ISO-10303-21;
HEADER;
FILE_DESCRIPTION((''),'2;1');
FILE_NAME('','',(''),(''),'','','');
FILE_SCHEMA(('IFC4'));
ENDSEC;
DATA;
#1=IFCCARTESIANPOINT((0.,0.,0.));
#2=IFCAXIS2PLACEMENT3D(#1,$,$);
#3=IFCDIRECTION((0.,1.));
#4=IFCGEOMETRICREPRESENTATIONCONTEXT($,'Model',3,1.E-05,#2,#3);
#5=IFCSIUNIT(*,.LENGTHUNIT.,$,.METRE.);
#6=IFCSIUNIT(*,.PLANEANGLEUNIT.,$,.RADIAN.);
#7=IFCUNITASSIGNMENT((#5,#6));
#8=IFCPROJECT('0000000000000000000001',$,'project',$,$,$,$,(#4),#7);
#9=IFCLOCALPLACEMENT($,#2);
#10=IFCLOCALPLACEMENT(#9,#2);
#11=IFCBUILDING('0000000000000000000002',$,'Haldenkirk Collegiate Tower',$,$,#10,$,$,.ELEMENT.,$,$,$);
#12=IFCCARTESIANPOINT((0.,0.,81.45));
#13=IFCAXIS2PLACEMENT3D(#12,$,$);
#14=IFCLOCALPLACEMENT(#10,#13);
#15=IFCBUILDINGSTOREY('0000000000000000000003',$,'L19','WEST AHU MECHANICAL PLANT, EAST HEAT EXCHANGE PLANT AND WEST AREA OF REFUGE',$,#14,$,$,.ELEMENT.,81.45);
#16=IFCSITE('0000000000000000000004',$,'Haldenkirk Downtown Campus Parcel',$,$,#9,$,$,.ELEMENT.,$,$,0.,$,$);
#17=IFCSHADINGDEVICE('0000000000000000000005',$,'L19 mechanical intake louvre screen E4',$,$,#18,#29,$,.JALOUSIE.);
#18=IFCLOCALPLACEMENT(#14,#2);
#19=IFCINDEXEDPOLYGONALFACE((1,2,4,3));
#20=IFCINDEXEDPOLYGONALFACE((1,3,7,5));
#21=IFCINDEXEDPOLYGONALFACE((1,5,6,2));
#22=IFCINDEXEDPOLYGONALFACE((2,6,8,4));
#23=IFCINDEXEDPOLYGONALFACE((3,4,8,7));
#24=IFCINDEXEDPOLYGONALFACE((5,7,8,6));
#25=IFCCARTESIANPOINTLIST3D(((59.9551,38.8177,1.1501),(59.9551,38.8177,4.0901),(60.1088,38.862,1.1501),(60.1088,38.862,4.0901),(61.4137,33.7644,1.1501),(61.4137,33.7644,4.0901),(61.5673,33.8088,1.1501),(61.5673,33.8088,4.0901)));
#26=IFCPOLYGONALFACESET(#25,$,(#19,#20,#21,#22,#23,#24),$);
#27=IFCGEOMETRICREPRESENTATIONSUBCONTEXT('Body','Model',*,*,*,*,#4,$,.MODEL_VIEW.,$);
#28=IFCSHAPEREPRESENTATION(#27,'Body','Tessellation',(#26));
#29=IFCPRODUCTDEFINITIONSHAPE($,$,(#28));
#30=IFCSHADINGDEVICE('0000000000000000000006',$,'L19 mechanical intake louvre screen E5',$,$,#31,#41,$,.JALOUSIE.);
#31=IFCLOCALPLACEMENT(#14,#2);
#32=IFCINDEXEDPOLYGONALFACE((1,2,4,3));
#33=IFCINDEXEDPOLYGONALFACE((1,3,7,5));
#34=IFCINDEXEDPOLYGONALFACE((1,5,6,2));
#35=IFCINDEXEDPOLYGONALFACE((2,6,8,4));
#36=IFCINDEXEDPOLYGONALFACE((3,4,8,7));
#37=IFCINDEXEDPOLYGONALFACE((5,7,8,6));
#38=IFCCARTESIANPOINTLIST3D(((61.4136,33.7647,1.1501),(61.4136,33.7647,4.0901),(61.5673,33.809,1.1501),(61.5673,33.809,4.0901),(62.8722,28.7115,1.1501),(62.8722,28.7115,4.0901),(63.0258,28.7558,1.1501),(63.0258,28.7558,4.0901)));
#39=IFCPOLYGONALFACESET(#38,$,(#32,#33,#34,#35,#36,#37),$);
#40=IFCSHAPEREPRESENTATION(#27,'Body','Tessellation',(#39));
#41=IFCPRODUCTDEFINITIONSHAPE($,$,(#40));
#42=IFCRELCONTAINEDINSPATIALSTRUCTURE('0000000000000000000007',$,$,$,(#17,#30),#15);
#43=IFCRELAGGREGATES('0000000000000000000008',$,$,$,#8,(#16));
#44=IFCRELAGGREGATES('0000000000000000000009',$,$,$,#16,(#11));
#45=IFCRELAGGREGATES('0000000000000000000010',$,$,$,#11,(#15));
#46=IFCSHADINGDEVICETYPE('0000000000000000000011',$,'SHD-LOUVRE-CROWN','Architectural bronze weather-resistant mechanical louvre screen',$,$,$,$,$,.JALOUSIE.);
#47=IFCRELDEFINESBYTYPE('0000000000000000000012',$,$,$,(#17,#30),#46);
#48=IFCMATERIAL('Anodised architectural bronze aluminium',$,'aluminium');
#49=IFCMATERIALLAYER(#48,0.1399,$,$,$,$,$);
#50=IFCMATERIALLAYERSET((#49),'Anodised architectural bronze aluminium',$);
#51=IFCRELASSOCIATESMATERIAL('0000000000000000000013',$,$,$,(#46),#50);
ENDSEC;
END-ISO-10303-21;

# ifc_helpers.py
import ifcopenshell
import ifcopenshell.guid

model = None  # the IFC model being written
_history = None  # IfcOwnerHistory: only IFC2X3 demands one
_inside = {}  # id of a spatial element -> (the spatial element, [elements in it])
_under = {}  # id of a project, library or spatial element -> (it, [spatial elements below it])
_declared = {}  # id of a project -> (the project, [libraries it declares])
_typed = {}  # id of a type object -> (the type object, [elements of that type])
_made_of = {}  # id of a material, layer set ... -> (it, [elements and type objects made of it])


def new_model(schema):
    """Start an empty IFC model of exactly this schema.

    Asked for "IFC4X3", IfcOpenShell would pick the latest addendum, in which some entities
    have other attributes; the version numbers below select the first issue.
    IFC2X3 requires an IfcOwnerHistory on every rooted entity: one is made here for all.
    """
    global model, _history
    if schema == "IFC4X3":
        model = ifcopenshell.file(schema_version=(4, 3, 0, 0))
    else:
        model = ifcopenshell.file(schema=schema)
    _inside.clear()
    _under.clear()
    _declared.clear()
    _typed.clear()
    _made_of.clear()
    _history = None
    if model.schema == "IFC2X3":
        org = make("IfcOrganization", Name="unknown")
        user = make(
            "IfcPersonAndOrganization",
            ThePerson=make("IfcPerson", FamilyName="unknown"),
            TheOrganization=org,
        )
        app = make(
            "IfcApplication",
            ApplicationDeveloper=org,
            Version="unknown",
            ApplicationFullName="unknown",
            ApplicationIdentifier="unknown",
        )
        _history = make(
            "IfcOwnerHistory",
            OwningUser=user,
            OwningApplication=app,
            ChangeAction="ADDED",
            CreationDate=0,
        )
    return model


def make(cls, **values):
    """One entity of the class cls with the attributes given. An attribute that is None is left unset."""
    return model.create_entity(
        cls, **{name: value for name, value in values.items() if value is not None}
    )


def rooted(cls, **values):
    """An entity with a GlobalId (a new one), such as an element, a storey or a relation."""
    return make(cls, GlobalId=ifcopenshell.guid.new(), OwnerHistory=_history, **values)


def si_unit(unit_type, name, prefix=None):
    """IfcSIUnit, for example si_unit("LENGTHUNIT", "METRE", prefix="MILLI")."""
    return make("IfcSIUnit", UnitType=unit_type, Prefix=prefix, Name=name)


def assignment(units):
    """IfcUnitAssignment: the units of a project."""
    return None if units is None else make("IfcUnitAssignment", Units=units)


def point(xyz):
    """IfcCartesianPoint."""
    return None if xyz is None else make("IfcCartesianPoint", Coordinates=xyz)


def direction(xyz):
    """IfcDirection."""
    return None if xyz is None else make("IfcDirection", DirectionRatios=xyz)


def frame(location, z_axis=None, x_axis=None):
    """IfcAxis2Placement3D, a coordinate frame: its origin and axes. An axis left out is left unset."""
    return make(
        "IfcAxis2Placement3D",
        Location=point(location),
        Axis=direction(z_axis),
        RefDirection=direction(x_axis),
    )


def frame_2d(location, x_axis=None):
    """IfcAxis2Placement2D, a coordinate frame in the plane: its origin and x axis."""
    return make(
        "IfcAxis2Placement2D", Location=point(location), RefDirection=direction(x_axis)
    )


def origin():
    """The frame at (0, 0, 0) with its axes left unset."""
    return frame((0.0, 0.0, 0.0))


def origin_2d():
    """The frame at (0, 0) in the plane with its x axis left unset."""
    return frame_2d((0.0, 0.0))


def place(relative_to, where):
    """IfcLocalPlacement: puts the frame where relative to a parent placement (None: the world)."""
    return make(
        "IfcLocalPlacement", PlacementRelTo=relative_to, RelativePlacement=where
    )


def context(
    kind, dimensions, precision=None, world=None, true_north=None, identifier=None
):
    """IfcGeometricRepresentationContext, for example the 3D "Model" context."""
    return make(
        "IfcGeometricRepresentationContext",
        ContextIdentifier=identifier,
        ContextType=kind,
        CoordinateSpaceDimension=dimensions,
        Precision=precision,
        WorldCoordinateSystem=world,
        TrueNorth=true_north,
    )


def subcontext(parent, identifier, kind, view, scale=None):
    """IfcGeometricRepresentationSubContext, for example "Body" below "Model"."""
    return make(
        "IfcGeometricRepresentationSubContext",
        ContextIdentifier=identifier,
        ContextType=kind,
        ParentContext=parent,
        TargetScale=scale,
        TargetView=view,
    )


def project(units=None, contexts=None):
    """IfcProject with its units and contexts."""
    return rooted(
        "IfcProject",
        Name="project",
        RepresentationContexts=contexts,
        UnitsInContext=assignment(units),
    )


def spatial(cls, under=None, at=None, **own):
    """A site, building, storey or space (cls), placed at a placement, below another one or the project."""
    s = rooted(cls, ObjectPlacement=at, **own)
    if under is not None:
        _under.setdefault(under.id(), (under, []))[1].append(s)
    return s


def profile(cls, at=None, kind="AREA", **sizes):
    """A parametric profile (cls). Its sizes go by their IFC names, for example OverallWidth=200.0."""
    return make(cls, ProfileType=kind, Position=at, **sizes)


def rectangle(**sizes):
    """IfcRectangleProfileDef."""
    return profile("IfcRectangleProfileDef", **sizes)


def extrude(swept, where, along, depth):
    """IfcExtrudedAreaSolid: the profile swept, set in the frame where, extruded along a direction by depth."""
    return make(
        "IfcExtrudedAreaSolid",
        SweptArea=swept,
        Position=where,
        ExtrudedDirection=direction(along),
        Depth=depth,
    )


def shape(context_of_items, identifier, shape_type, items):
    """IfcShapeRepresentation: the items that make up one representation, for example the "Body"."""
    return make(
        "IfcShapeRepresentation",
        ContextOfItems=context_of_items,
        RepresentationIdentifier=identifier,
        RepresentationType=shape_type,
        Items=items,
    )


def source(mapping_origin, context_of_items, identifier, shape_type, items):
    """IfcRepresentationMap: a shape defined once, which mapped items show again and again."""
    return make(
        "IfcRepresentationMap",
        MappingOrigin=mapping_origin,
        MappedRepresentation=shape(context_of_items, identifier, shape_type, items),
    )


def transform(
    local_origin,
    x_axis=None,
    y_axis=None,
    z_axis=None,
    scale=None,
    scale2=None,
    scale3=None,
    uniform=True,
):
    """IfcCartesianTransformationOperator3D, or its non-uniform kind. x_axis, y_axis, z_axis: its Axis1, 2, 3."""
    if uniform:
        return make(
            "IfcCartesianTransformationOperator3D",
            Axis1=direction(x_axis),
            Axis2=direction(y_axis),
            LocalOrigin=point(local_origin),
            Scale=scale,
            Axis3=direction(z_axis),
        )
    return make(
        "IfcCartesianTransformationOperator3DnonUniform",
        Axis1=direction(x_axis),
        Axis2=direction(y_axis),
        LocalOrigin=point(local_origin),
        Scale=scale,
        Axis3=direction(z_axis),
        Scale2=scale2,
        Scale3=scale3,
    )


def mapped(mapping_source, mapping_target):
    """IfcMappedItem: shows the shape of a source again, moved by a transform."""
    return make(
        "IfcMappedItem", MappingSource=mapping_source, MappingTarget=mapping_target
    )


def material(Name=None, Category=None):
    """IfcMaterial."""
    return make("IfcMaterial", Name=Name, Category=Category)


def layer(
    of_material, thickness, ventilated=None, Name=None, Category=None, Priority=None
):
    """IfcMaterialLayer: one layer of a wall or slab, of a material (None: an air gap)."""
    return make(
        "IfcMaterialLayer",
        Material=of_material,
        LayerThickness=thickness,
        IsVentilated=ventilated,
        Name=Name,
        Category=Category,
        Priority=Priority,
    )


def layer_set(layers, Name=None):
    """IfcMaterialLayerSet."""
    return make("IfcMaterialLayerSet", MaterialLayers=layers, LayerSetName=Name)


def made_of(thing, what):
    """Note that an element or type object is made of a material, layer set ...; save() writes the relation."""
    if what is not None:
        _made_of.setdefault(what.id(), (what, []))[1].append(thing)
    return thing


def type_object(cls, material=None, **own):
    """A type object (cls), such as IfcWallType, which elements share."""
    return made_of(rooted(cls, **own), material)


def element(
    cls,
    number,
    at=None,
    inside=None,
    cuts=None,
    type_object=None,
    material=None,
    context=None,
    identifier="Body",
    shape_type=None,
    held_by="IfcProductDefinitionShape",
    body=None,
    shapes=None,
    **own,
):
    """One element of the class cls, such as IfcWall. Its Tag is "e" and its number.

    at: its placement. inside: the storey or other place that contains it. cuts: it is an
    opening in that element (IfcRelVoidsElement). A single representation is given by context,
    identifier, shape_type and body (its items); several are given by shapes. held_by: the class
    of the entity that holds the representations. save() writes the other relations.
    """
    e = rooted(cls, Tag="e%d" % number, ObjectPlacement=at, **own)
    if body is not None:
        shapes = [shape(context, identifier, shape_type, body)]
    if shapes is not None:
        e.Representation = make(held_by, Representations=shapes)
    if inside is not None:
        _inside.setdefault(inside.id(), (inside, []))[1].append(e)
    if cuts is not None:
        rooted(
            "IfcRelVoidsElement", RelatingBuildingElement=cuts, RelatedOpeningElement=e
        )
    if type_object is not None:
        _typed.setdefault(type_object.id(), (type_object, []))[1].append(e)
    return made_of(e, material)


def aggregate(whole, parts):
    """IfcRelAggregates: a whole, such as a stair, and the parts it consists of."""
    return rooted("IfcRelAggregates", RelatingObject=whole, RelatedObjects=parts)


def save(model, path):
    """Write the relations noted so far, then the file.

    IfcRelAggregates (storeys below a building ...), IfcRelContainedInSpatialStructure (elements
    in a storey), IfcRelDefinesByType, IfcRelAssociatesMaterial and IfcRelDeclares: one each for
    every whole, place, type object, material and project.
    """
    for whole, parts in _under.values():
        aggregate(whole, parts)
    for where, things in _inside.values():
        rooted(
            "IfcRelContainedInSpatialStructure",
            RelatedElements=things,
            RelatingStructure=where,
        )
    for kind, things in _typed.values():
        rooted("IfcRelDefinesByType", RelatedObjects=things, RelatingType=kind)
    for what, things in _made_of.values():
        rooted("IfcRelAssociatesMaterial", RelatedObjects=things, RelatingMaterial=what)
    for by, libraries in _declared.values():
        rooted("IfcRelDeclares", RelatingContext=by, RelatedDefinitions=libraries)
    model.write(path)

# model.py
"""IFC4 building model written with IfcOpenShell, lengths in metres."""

from ifc_helpers import new_model, si_unit, direction, frame, origin, origin_2d, place, context, subcontext, project, spatial, rectangle, extrude, source, transform, mapped, material, layer, layer_set, type_object, element, save


model = new_model("IFC4")

# Units and contexts
model_context = context("Model", 3, precision=1e-05, world=origin(), true_north=direction((0.0, 1.0)))
body_context = subcontext(model_context, "Body", "Model", "MODEL_VIEW")
ifc_project = project(units=[si_unit("LENGTHUNIT", "METRE"), si_unit("PLANEANGLEUNIT", "RADIAN")], contexts=[model_context])

# Site, building, storey
site_placement = place(None, origin())
site = spatial("IfcSite", under=ifc_project, at=site_placement, Name="Haldenkirk Downtown Campus Parcel", CompositionType="ELEMENT", RefElevation=0.0)
building_placement = place(site_placement, origin())
building = spatial("IfcBuilding", under=site, at=building_placement, Name="Haldenkirk Collegiate Tower", CompositionType="ELEMENT")
storey_placement = place(building_placement, frame((0.0, 0.0, 81.45)))
storey = spatial("IfcBuildingStorey", under=building, at=storey_placement, Name="L19", Description="WEST AHU MECHANICAL PLANT, EAST HEAT EXCHANGE PLANT AND WEST AREA OF REFUGE", CompositionType="ELEMENT", Elevation=81.45)

# Shading devices
ifc_material_1 = material(Name="Anodised architectural bronze aluminium", Category="aluminium")
ifc_layer_1 = layer(ifc_material_1, 0.1399)
ifc_layer_set_1 = layer_set([ifc_layer_1], Name="Anodised architectural bronze aluminium")
shading_device_type = type_object("IfcShadingDeviceType", Name="SHD-LOUVRE-CROWN", Description="Architectural bronze weather-resistant mechanical louvre screen", PredefinedType="JALOUSIE", material=ifc_layer_set_1)
shared_shape_1 = source(origin(), body_context, "Body", "SweptSolid", [
    extrude(rectangle(XDim=5.2595, YDim=0.1599, at=origin_2d()), origin(), (0.0, 0.0, 1.0), 2.9399),
])
for number, where, z_axis, x_axis, name in (
    (1, (60.7612, 36.3132, 1.1501), (0.0, 0.0, 1.0), (0.277315, -0.960779, 0.0), "L19 mechanical intake louvre screen E4"),
    (2, (62.2197, 31.2603, 1.1501), (0.0, 0.0, 1.0), (0.277315, -0.960779, 0.0), "L19 mechanical intake louvre screen E5"),
):
    element("IfcShadingDevice", number, at=place(storey_placement, frame(where, z_axis=z_axis, x_axis=x_axis)), inside=storey, type_object=shading_device_type, Name=name, PredefinedType="JALOUSIE", context=body_context, shape_type="MappedRepresentation", body=[
        mapped(shared_shape_1, transform((0.0, 0.0, 0.0), x_axis=(1.0, 0.0, 0.0), y_axis=(0.0, 1.0, 0.0), z_axis=(0.0, 0.0, 1.0), scale=1.0)),
    ])

save(model, "model.ifc")
